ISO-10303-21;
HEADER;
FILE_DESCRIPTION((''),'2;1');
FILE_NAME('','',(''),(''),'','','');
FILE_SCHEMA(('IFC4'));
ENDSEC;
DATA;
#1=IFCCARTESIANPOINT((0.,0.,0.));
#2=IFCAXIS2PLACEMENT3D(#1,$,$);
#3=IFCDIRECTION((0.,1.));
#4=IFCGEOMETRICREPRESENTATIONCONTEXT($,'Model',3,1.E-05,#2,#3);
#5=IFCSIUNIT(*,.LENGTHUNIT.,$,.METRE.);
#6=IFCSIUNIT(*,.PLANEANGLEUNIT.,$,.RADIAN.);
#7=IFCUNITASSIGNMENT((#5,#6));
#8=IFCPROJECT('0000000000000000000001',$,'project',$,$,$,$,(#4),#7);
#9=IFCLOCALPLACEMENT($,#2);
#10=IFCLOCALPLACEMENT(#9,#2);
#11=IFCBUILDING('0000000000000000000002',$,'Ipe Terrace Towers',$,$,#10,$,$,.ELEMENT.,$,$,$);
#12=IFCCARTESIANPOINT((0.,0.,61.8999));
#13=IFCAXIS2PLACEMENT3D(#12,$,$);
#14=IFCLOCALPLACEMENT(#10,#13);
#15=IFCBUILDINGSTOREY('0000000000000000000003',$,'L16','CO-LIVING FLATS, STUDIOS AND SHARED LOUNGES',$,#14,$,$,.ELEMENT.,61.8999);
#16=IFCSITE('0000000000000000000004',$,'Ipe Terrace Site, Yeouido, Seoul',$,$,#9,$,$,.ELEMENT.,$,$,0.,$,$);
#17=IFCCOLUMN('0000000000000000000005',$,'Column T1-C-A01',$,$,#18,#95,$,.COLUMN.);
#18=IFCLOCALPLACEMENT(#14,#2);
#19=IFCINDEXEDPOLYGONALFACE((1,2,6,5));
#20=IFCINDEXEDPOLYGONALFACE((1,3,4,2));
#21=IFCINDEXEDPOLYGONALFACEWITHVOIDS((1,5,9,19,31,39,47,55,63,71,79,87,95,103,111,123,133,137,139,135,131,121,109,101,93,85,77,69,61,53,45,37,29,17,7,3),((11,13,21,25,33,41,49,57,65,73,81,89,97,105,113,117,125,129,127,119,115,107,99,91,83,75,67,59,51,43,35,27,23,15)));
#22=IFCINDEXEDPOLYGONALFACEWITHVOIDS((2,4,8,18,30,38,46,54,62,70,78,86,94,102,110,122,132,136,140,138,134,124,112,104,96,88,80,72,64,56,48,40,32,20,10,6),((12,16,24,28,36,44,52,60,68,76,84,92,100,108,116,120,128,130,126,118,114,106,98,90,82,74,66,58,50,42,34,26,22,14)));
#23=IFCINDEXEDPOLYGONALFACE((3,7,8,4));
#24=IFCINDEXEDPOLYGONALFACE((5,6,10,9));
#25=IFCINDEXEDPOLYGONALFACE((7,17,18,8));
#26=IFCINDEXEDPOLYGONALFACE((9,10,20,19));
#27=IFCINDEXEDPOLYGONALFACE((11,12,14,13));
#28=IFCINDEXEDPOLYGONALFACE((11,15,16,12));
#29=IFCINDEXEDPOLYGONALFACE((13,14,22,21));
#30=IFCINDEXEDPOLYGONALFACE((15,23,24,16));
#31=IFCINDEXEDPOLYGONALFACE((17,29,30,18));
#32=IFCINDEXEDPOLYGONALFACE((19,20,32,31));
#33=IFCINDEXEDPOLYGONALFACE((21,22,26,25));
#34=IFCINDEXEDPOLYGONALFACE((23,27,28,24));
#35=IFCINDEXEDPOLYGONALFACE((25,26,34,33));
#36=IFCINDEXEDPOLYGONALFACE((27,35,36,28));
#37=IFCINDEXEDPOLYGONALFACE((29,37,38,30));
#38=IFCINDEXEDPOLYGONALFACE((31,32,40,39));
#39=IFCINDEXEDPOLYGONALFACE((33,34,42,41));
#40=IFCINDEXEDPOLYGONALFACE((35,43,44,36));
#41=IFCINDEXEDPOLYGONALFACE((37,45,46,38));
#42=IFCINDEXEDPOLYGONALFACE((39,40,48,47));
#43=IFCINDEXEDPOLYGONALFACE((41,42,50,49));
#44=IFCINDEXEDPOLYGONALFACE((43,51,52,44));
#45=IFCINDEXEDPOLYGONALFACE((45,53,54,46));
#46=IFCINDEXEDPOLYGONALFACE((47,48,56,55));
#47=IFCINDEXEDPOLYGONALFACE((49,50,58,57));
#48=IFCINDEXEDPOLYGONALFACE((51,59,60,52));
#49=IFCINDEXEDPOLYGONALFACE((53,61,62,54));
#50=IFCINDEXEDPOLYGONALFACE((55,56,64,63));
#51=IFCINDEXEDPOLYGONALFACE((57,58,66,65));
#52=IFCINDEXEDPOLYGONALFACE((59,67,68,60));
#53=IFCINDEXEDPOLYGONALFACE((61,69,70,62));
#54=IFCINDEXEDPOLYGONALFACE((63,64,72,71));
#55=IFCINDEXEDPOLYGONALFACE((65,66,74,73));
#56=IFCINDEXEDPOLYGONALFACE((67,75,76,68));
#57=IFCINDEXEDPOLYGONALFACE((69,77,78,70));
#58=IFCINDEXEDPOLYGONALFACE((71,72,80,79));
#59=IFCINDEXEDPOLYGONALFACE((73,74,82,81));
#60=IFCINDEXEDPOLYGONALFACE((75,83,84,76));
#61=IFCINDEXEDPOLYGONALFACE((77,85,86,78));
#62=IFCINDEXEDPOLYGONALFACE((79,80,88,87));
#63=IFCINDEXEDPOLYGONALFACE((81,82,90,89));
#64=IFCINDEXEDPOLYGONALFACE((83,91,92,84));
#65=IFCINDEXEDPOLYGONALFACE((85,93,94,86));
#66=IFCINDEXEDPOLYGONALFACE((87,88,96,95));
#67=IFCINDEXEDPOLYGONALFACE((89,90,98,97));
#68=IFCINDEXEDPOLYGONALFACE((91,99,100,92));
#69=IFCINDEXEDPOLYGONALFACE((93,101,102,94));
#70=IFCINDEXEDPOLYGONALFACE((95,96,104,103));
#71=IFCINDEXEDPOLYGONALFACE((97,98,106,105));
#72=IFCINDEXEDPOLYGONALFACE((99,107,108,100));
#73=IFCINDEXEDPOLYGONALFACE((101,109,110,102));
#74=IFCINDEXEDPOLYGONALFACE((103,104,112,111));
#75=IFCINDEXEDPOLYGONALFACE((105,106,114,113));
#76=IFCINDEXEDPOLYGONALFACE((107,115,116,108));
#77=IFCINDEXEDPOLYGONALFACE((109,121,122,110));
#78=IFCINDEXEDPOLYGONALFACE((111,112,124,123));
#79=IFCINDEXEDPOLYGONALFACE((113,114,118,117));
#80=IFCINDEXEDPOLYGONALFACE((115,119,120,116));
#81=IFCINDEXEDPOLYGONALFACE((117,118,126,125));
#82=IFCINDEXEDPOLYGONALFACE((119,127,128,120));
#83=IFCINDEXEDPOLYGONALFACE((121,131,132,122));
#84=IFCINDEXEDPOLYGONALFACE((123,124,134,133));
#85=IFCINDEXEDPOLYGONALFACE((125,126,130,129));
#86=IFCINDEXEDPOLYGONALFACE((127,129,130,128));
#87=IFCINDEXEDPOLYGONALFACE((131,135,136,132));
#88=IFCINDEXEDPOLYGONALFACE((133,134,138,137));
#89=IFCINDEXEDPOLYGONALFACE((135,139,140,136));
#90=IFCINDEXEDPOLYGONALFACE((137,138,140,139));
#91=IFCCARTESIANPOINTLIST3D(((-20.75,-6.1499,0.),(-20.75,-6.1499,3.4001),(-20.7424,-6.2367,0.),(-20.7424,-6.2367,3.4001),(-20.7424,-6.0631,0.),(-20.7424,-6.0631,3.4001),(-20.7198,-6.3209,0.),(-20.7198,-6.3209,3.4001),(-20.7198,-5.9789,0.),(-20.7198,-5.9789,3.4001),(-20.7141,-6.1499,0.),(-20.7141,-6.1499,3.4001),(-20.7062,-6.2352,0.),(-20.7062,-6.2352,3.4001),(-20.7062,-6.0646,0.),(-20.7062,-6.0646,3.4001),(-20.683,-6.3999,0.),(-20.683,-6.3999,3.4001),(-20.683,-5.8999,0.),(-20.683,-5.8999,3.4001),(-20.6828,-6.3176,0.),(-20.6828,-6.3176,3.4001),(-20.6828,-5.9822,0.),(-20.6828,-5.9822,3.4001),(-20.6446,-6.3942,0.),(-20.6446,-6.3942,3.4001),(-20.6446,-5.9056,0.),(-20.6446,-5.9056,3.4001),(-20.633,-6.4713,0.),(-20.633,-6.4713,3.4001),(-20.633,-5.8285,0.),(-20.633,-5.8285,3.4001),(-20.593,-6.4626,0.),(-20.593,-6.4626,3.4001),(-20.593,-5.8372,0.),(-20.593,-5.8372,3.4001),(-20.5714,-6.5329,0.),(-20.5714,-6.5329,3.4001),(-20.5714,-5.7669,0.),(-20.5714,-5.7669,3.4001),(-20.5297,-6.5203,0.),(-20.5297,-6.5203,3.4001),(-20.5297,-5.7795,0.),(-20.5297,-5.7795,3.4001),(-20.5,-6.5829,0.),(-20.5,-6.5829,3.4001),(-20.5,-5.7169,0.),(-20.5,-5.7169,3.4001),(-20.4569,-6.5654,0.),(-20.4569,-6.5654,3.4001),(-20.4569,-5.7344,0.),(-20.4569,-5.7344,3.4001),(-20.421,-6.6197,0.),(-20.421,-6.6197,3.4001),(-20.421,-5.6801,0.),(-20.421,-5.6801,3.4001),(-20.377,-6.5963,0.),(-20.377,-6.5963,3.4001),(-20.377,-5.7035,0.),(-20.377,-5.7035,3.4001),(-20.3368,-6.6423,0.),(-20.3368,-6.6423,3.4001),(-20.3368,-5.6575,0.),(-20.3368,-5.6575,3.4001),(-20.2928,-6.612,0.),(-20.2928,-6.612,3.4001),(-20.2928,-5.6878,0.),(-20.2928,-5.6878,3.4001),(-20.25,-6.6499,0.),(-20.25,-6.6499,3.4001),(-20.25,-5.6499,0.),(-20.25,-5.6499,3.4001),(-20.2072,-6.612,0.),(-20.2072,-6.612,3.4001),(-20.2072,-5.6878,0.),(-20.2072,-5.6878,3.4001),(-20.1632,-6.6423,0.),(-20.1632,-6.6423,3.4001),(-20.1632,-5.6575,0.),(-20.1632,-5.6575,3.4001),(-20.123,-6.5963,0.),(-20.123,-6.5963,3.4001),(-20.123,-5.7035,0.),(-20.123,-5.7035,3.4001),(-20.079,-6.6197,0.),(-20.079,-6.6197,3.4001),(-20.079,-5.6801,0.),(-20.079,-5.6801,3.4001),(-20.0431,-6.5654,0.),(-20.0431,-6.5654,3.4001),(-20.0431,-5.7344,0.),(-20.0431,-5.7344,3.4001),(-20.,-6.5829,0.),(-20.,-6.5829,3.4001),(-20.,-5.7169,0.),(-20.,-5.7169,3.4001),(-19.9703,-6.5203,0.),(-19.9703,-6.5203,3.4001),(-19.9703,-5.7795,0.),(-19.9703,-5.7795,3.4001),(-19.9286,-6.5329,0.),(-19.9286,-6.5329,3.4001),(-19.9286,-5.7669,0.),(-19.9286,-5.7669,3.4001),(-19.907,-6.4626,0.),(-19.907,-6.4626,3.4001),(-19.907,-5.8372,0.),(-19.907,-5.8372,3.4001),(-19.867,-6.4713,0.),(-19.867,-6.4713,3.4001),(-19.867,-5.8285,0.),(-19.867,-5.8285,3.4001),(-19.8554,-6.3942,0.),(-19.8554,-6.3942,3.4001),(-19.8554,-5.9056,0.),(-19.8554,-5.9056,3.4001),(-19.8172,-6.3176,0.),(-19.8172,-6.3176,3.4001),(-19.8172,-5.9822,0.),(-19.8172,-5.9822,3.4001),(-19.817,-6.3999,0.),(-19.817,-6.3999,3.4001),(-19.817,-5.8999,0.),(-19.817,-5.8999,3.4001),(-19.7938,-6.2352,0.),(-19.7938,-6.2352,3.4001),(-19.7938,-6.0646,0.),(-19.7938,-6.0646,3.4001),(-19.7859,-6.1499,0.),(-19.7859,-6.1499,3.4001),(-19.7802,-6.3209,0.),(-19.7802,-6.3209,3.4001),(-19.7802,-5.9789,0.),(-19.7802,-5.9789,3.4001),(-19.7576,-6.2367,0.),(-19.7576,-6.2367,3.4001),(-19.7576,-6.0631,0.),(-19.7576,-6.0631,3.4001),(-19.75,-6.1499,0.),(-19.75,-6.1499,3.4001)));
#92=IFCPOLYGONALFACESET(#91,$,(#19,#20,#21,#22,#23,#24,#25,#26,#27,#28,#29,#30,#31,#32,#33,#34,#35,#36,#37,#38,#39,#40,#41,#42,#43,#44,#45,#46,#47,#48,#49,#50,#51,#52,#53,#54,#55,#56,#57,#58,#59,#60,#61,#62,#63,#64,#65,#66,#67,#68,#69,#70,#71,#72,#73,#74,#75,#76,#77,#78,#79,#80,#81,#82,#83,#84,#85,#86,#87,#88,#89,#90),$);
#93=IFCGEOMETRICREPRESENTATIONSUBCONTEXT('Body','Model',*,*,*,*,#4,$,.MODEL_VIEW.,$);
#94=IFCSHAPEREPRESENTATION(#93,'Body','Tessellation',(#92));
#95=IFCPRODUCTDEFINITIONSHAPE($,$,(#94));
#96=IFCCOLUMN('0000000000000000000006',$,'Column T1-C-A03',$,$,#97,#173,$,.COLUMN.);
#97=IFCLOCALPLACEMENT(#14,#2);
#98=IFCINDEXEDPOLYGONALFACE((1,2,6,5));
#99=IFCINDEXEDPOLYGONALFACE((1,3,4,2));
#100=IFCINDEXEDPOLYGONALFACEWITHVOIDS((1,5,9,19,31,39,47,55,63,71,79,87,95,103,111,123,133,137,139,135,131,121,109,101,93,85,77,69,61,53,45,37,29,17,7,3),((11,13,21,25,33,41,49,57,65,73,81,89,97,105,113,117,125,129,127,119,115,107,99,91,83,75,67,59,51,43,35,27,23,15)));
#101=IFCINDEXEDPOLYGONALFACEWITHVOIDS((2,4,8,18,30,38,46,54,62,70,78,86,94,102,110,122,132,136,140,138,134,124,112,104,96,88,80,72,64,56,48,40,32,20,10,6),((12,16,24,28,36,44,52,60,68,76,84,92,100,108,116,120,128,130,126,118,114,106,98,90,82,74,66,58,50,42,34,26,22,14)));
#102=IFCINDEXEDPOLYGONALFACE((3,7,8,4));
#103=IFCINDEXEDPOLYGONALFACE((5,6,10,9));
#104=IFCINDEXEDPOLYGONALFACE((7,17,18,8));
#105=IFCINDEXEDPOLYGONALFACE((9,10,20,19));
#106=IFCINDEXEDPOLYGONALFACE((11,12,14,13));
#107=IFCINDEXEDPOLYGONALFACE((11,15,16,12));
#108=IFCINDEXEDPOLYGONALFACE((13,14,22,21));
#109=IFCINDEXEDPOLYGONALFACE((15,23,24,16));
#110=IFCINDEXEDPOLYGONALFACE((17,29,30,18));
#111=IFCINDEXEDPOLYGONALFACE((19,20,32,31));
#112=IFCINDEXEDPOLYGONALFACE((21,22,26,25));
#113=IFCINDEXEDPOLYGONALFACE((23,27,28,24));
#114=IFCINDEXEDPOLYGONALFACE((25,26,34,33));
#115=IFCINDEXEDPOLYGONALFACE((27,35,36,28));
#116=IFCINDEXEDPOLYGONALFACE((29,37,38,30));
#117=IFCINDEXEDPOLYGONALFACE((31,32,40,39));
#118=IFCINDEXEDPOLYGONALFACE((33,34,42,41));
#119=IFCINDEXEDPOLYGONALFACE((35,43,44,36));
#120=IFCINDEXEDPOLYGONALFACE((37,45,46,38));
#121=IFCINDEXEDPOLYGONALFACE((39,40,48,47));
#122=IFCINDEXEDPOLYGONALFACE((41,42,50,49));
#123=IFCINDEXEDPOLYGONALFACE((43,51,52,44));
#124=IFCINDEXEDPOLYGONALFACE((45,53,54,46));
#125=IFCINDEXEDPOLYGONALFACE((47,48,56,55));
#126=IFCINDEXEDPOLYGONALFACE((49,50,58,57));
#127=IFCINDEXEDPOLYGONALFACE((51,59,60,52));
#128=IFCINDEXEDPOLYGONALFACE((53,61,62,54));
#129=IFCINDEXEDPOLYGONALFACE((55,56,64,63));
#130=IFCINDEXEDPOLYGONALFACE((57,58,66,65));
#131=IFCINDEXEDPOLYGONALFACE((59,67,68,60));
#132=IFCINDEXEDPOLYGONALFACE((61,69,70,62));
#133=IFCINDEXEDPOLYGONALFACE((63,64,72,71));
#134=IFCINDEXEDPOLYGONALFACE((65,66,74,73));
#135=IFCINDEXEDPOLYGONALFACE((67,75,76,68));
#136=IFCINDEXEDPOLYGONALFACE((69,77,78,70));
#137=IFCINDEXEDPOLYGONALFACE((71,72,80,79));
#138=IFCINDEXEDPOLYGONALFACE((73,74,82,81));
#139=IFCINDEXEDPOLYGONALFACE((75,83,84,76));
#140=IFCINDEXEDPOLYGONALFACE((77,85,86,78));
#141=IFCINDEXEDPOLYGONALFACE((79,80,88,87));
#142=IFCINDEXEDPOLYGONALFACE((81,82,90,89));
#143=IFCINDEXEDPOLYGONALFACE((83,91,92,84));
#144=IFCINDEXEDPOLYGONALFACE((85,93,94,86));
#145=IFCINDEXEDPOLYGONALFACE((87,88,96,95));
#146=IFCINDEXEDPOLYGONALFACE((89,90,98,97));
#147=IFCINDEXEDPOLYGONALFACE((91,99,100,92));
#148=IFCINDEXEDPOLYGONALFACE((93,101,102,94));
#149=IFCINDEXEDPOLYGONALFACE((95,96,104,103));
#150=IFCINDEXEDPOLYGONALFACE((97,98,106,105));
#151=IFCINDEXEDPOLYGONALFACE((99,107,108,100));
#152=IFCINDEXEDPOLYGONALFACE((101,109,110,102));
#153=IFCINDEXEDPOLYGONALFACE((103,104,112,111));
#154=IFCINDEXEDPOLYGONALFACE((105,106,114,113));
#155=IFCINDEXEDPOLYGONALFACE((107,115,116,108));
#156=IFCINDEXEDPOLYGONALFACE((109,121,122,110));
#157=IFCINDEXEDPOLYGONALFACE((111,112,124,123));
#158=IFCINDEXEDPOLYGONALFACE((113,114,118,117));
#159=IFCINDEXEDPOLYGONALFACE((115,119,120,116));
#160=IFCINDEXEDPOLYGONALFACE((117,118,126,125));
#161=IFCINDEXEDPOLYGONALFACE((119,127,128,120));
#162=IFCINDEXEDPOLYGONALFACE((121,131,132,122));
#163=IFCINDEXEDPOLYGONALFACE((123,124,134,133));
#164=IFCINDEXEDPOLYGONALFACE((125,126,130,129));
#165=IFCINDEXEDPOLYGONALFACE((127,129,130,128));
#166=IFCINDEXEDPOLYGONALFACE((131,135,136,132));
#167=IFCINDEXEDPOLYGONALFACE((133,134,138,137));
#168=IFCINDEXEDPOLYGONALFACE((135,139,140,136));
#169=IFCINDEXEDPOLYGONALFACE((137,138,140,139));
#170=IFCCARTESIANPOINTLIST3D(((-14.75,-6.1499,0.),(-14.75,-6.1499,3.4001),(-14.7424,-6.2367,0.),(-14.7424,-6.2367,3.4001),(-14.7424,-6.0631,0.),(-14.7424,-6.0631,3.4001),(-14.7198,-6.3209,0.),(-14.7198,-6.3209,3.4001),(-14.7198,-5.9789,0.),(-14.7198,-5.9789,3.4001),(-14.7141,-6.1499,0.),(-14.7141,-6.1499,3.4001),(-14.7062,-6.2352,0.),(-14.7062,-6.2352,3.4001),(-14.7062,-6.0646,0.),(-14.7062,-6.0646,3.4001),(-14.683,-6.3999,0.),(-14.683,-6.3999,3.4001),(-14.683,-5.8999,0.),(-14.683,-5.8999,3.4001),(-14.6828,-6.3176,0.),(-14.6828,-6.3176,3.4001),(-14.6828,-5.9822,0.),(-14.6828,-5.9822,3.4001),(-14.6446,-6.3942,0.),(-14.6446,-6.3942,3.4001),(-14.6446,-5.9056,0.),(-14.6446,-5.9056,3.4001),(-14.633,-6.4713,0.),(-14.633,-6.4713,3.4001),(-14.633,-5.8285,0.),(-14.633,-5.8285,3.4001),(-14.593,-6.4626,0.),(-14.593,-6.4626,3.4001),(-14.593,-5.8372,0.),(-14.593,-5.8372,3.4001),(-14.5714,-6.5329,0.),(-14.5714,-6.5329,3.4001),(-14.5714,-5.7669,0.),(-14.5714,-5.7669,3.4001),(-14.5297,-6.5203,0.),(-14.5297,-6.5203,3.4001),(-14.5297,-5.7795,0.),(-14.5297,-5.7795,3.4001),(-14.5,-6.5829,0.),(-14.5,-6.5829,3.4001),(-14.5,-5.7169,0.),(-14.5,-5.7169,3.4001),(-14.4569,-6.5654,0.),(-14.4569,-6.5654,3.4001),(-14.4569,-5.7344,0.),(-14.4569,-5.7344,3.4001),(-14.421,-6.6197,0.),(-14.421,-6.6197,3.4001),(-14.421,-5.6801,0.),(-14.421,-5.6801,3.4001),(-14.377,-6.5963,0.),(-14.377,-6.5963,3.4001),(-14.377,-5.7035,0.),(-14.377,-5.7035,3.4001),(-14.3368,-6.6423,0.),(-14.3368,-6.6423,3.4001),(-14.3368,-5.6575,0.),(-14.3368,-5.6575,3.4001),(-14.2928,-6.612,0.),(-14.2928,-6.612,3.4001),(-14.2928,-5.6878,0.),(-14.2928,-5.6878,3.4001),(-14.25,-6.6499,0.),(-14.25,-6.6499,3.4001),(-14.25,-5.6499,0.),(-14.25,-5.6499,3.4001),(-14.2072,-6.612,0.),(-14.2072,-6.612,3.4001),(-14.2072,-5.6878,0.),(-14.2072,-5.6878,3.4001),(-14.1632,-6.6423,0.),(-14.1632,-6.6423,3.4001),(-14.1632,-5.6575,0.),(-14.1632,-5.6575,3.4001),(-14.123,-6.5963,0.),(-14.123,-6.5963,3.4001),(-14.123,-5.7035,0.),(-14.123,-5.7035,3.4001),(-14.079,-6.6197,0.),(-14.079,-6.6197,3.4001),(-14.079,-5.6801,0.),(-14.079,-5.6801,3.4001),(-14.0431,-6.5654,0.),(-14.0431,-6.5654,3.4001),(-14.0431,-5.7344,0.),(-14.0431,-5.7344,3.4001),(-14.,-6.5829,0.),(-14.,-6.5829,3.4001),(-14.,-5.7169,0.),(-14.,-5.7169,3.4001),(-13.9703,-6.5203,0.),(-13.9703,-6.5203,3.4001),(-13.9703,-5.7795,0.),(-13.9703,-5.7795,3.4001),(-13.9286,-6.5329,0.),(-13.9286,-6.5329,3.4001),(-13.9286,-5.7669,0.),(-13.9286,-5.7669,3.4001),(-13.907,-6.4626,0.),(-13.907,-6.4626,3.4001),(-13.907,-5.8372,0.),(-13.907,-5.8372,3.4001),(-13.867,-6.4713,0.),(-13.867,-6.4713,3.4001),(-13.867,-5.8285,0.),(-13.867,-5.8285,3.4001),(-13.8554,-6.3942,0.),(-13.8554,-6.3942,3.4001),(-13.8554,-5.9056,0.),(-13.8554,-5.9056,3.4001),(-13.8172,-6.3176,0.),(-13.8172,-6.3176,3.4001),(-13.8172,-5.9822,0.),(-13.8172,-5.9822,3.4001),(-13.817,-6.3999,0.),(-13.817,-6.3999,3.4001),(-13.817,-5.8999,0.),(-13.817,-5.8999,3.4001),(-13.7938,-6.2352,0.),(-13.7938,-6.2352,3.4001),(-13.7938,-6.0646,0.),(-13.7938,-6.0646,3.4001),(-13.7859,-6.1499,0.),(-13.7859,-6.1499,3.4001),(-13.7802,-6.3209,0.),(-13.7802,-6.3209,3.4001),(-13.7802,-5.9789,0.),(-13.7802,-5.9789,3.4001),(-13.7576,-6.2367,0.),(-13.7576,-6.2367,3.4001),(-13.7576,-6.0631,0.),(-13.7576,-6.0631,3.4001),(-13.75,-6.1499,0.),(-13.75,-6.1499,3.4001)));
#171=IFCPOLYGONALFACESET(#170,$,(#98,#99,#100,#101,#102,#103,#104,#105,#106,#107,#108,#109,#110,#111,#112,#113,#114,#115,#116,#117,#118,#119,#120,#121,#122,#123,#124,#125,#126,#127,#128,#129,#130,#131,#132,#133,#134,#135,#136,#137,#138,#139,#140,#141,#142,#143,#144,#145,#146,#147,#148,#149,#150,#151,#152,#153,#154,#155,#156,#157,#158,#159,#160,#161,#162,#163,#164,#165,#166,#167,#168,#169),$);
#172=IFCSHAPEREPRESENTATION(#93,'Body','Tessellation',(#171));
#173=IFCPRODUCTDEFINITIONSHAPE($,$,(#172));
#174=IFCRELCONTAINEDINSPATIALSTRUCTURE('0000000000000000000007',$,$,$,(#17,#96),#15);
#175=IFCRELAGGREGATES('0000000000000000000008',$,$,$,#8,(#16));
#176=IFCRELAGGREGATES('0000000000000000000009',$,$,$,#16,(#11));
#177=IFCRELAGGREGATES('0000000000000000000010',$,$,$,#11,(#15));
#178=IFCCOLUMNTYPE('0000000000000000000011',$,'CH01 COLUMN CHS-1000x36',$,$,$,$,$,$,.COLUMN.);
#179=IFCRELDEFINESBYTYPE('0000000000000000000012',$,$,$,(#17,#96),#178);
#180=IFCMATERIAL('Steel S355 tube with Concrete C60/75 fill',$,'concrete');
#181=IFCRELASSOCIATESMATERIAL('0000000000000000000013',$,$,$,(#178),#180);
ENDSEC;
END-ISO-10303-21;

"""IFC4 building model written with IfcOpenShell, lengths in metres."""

from ifc_helpers import new_model, si_unit, direction, frame, origin, origin_2d, place, context, subcontext, project, spatial, hollow_circle, extrude, material, material_profile, profile_set, type_object, element, save


model = new_model("IFC4")

# Units and contexts
model_context = context("Model", 3, precision=1e-05, world=origin(), true_north=direction((0.0, 1.0)))
body_context = subcontext(model_context, "Body", "Model", "MODEL_VIEW")
ifc_project = project(units=[si_unit("LENGTHUNIT", "METRE"), si_unit("PLANEANGLEUNIT", "RADIAN")], contexts=[model_context])

# Site, building, storey
site_placement = place(None, origin())
site = spatial("IfcSite", under=ifc_project, at=site_placement, Name="Ipe Terrace Site, Yeouido, Seoul", CompositionType="ELEMENT", RefElevation=0.0)
building_placement = place(site_placement, origin())
building = spatial("IfcBuilding", under=site, at=building_placement, Name="Ipe Terrace Towers", CompositionType="ELEMENT")
storey_placement = place(building_placement, frame((0.0, 0.0, 61.8999)))
storey = spatial("IfcBuildingStorey", under=building, at=storey_placement, Name="L16", Description="CO-LIVING FLATS, STUDIOS AND SHARED LOUNGES", CompositionType="ELEMENT", Elevation=61.8999)

# Columns
ifc_material_1 = material(Name="Steel S355 tube with Concrete C60/75 fill", Category="concrete")
ifc_material_profile_1 = material_profile(ifc_material_1, hollow_circle(Radius=0.5, WallThickness=0.0359, at=origin_2d()), Name="CHS-1000x36")
ifc_profile_set_1 = profile_set([ifc_material_profile_1], Name="Steel S355 tube with Concrete C60/75 fill")
column_type = type_object("IfcColumnType", Name="CH01 COLUMN CHS-1000x36", PredefinedType="COLUMN", material=ifc_profile_set_1)
for number, where, z_axis, x_axis, name in (
    (1, (-20.25, -6.1499, 0.0), (0.0, 0.0, 1.0), (1.0, 0.0, 0.0), "Column T1-C-A01"),
    (2, (-14.25, -6.1499, 0.0), (0.0, 0.0, 1.0), (1.0, 0.0, 0.0), "Column T1-C-A03"),
):
    element("IfcColumn", number, at=place(storey_placement, frame(where, z_axis=z_axis, x_axis=x_axis)), inside=storey, type_object=column_type, Name=name, PredefinedType="COLUMN", context=body_context, shape_type="SweptSolid", body=[
        extrude(hollow_circle(Radius=0.5, WallThickness=0.0359, at=origin_2d()), origin(), (0.0, 0.0, 1.0), 3.4001),
    ])

save(model, "model.ifc")
